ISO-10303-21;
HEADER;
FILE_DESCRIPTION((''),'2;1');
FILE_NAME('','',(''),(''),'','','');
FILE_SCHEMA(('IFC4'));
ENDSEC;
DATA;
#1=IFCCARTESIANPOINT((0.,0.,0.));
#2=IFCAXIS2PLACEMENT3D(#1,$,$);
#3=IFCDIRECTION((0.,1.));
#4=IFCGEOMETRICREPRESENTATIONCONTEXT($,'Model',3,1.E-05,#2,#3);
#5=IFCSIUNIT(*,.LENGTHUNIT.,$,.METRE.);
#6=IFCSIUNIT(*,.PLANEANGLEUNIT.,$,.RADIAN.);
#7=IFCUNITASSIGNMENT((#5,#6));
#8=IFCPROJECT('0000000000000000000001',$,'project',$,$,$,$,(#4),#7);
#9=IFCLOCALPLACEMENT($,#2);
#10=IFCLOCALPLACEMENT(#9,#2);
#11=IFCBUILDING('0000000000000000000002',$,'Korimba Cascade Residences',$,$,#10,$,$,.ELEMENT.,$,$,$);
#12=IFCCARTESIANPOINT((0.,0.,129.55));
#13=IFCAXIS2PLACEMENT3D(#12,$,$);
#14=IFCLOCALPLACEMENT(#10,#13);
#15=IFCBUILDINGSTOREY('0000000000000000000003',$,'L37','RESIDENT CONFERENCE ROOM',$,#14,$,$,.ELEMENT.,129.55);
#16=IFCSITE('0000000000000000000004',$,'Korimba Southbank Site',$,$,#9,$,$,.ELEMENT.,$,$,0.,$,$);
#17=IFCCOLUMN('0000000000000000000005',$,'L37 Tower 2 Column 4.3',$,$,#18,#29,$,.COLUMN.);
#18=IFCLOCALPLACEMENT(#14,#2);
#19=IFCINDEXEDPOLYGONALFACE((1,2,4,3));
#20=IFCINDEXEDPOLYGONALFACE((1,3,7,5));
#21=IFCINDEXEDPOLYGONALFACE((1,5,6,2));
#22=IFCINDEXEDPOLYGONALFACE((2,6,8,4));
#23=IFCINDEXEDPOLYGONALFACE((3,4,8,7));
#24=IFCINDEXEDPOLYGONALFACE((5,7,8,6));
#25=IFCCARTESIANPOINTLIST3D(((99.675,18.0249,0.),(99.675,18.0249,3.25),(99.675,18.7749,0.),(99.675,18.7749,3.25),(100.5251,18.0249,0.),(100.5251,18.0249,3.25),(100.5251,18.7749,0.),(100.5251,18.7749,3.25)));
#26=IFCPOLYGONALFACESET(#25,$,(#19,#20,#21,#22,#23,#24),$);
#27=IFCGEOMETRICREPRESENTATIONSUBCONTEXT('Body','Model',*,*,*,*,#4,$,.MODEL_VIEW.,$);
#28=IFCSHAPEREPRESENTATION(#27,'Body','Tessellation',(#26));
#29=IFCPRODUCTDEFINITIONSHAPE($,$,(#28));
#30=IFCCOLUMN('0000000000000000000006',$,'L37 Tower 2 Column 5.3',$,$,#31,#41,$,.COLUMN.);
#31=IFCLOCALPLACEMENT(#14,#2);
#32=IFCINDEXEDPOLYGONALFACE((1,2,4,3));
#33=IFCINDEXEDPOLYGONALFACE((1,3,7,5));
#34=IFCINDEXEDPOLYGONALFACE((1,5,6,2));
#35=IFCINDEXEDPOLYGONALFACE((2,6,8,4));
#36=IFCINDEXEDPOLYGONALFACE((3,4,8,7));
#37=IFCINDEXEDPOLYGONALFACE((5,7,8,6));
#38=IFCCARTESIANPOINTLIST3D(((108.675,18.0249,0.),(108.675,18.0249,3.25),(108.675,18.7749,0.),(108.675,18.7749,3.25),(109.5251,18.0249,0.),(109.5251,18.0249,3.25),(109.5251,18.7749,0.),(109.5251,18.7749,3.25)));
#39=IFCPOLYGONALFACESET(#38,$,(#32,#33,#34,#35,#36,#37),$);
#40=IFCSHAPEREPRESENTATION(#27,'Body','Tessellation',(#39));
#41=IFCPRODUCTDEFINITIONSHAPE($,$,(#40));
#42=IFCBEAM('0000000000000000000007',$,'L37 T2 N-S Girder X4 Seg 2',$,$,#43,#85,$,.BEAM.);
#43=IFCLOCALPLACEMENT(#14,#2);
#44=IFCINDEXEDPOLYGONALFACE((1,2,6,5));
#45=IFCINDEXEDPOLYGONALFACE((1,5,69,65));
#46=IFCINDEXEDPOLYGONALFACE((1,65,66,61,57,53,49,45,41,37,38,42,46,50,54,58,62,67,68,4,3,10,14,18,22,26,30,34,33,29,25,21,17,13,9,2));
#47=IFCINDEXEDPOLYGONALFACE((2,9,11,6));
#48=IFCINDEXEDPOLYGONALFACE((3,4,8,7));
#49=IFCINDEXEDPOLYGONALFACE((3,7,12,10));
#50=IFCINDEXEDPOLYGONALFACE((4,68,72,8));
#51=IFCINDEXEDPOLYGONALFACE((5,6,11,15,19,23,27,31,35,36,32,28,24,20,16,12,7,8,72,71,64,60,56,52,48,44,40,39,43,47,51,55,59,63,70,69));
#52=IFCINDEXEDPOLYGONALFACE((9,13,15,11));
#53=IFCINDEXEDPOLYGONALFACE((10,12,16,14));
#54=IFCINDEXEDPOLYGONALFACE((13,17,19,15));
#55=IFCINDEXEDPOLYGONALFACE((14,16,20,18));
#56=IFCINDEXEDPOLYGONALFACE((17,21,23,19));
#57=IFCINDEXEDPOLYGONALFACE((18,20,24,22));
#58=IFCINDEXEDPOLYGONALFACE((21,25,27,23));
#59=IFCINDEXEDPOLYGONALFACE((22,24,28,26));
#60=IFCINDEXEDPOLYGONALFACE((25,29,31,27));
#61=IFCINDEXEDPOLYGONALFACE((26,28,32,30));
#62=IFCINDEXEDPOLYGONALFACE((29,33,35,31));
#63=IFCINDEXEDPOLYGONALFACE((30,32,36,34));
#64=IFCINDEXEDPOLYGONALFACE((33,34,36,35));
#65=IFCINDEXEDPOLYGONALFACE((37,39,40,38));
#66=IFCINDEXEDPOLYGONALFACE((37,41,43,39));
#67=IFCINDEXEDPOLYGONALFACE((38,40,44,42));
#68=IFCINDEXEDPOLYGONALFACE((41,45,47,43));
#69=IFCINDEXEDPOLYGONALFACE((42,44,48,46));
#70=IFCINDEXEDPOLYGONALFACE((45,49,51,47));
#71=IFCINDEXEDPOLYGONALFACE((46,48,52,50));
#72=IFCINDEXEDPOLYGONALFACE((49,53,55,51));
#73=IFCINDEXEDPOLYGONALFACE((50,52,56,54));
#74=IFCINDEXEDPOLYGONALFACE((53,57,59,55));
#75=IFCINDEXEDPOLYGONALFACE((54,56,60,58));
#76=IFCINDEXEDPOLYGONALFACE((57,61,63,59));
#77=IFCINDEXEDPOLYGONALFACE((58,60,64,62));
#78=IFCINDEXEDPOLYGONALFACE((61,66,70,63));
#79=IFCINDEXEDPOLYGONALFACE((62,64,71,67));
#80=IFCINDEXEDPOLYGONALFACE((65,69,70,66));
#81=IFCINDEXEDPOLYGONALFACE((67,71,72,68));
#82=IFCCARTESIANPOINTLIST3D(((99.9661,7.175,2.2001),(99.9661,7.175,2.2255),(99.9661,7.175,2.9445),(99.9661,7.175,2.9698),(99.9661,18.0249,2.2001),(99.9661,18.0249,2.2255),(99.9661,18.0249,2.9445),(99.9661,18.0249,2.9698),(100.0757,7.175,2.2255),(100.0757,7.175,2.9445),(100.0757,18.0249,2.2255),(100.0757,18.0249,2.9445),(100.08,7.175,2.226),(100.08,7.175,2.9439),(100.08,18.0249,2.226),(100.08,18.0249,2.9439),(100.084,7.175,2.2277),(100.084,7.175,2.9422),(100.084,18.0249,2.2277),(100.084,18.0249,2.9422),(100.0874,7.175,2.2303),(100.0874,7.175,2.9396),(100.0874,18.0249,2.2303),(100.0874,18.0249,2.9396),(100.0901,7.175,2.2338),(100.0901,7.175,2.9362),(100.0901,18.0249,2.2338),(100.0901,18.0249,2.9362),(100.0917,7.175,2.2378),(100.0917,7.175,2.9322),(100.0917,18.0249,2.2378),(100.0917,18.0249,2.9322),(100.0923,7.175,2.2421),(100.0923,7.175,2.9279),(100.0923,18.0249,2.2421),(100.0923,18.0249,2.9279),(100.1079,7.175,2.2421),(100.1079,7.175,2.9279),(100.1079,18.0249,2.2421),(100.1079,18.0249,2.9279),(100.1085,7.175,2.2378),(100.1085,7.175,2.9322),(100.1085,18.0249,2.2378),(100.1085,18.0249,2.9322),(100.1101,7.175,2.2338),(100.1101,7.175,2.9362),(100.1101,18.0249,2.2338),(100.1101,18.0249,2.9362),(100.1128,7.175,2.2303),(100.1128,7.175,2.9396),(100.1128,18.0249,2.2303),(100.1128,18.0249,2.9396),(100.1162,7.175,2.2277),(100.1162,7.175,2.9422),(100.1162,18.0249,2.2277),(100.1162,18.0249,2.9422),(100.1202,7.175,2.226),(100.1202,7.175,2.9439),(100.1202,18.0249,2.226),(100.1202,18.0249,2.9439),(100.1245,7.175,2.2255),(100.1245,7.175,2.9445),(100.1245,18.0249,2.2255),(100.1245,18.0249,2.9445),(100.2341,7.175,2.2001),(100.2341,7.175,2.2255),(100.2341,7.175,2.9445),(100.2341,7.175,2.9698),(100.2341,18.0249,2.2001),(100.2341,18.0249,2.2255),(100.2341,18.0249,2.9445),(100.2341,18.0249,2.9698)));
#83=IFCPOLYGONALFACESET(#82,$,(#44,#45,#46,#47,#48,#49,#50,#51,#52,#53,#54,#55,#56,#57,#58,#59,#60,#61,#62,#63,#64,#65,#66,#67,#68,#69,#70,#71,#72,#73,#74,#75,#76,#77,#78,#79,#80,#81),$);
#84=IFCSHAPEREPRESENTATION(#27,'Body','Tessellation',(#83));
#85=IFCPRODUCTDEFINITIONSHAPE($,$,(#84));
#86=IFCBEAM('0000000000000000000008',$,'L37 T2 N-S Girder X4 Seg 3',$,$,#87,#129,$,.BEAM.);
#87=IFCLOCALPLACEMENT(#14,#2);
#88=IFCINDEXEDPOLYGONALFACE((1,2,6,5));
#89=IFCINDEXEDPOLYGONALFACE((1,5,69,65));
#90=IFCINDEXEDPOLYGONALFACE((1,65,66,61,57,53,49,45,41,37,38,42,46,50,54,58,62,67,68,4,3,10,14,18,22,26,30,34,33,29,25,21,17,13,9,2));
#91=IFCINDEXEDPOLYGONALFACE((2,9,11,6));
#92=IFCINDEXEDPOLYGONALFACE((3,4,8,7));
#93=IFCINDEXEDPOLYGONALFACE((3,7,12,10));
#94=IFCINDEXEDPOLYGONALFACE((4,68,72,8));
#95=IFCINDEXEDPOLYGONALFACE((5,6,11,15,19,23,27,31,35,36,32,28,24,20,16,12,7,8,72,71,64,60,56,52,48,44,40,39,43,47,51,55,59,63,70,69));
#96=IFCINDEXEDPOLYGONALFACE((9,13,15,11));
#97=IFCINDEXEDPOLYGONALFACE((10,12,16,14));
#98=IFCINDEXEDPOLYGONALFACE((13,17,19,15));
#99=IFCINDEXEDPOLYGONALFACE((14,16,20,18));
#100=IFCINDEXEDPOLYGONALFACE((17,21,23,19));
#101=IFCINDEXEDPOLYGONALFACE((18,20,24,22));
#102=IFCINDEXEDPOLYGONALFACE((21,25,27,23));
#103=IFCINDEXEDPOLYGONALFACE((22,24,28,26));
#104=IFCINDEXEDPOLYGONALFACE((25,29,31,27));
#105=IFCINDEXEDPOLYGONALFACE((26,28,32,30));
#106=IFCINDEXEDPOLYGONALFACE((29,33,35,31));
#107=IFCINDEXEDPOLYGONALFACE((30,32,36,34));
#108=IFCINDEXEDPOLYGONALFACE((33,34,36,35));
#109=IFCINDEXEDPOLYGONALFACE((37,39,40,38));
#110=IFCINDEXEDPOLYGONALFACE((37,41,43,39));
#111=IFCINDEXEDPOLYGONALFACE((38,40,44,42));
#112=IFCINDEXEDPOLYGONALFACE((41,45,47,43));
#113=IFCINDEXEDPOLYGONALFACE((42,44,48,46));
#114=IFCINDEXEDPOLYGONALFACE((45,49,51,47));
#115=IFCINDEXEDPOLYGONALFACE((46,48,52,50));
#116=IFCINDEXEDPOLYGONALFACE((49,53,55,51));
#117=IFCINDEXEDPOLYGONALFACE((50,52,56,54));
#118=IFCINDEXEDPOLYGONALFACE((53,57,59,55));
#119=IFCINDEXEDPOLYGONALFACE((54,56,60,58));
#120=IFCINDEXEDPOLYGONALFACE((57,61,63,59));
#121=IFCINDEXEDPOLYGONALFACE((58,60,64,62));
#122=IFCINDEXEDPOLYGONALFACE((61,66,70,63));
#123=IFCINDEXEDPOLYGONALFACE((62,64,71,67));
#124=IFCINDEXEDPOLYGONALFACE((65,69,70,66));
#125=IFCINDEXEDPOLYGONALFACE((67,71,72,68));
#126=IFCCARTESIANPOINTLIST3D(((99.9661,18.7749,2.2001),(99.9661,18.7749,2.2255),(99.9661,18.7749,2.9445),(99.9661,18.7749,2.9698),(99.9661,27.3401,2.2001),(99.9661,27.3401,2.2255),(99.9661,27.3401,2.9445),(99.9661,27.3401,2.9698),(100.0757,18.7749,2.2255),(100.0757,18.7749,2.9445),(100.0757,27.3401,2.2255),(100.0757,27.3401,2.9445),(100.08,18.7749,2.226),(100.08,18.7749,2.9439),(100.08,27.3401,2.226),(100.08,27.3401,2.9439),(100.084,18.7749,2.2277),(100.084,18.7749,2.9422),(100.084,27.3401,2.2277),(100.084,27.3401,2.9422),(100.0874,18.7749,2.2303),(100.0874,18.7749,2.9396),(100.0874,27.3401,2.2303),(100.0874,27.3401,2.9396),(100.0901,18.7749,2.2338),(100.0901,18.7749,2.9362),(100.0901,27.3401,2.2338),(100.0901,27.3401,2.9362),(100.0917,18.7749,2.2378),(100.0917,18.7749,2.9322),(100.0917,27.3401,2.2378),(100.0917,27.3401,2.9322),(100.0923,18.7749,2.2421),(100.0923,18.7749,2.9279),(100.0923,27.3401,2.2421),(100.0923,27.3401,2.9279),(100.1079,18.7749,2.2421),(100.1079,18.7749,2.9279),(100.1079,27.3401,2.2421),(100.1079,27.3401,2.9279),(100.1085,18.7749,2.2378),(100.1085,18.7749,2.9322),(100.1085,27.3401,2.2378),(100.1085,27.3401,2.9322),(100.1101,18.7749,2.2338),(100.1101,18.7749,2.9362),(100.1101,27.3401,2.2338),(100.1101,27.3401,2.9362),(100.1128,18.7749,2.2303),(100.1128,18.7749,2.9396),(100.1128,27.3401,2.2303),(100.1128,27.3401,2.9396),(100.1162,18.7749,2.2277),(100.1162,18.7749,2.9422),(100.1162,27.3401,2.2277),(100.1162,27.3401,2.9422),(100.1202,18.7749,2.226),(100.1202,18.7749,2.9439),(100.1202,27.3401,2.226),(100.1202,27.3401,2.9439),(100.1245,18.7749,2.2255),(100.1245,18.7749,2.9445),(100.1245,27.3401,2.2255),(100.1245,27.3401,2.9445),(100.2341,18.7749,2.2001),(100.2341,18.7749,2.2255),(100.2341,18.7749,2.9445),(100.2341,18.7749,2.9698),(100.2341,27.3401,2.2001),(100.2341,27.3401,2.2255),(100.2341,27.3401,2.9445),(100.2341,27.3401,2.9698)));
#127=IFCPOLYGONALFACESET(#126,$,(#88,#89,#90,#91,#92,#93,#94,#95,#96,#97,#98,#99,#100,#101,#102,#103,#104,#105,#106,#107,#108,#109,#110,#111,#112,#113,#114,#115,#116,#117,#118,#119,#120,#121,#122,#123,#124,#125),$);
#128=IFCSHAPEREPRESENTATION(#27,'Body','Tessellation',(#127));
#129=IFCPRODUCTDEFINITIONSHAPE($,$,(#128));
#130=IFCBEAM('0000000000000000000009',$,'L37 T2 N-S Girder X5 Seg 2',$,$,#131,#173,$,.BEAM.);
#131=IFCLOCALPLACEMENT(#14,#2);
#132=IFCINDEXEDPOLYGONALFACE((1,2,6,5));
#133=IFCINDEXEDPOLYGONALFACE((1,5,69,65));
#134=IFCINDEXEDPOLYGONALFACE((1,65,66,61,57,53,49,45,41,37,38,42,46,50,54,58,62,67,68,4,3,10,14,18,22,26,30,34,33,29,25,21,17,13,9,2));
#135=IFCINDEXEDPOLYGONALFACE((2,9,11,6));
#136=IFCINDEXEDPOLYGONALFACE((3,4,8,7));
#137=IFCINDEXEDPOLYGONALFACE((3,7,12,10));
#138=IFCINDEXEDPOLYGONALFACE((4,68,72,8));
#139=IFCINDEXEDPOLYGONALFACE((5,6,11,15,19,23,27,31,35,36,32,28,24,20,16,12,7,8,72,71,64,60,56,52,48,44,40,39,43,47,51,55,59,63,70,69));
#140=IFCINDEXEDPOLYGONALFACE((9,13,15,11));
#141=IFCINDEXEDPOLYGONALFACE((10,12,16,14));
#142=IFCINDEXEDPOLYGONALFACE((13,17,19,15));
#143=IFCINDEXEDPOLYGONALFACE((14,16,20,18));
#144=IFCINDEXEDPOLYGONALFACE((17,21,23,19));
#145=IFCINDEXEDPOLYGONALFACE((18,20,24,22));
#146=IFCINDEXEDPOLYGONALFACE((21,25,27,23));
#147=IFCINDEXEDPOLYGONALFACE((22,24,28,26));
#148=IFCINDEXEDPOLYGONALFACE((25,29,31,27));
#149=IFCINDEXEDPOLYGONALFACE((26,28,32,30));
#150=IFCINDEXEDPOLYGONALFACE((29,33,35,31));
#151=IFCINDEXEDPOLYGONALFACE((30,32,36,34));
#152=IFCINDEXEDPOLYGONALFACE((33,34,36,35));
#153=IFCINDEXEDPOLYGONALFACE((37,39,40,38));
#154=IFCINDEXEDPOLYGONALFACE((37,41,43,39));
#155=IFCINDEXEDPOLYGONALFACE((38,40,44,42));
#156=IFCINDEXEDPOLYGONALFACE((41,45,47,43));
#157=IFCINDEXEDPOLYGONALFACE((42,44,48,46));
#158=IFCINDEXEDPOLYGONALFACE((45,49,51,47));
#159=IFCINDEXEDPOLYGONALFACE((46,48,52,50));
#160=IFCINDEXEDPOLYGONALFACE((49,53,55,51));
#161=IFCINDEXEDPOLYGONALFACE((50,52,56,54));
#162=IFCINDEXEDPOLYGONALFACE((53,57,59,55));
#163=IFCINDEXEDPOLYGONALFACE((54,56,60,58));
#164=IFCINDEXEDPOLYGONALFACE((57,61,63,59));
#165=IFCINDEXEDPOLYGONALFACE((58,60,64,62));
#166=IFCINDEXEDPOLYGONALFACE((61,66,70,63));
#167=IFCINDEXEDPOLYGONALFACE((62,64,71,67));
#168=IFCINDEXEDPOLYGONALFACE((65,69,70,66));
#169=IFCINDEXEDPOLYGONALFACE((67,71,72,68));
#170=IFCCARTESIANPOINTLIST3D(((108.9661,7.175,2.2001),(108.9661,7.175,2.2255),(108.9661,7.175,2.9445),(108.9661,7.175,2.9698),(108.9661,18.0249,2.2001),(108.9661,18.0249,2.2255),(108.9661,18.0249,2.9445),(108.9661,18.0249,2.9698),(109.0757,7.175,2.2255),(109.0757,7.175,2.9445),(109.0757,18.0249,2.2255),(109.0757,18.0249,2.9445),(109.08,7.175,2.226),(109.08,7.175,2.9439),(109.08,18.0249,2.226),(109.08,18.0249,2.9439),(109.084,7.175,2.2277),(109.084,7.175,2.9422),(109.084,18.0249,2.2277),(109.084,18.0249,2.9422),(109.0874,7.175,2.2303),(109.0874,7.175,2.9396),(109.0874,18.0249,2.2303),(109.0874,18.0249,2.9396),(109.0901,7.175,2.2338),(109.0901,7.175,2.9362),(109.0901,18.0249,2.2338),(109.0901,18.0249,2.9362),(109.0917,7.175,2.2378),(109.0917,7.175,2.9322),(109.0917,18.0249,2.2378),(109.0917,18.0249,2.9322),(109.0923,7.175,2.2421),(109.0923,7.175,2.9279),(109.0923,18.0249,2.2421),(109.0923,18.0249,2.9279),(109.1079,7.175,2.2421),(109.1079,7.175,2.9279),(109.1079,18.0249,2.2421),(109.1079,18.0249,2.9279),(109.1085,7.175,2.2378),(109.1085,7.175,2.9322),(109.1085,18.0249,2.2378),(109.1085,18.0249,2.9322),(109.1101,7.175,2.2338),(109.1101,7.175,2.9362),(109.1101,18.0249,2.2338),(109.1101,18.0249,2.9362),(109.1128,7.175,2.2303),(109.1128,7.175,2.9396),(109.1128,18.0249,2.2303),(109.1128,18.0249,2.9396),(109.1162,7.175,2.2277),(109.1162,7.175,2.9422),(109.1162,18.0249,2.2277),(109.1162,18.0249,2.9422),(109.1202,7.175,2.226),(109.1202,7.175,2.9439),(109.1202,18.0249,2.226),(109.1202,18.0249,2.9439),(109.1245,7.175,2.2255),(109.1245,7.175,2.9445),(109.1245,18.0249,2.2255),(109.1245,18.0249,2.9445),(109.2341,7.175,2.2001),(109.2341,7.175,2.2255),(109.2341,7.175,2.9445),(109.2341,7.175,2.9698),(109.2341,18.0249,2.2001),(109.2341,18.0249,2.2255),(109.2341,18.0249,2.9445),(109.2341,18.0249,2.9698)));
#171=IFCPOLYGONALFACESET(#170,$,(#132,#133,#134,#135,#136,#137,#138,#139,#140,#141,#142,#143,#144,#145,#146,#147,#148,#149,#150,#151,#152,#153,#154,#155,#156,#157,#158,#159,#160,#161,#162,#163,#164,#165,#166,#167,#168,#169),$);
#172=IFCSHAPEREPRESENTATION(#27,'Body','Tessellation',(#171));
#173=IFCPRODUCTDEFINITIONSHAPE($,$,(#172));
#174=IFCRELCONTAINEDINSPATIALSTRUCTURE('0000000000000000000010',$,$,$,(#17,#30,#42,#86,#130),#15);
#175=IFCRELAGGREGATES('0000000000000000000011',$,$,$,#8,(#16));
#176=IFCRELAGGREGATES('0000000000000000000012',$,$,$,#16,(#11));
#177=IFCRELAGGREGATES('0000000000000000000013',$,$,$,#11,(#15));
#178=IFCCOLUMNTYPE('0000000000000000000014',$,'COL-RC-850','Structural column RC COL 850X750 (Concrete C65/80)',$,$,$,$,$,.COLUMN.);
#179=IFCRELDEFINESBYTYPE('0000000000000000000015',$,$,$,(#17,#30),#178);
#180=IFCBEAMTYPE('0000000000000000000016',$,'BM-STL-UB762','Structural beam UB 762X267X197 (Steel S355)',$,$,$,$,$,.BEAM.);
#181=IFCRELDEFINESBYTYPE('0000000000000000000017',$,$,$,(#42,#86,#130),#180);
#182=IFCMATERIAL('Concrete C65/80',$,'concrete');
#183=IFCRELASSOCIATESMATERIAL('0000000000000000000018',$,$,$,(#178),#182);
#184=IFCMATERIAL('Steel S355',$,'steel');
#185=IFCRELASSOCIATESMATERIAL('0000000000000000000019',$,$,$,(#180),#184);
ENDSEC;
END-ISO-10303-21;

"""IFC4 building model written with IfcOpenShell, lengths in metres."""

from ifc_helpers import new_model, si_unit, direction, frame, origin, origin_2d, place, context, subcontext, project, spatial, rectangle, i_section, extrude, material, material_profile, profile_set, type_object, element, save


model = new_model("IFC4")

# Units and contexts
model_context = context("Model", 3, precision=1e-05, world=origin(), true_north=direction((0.0, 1.0)))
body_context = subcontext(model_context, "Body", "Model", "MODEL_VIEW")
ifc_project = project(units=[si_unit("LENGTHUNIT", "METRE"), si_unit("PLANEANGLEUNIT", "RADIAN")], contexts=[model_context])

# Site, building, storey
site_placement = place(None, origin())
site = spatial("IfcSite", under=ifc_project, at=site_placement, Name="Korimba Southbank Site", CompositionType="ELEMENT", RefElevation=0.0)
building_placement = place(site_placement, origin())
building = spatial("IfcBuilding", under=site, at=building_placement, Name="Korimba Cascade Residences", CompositionType="ELEMENT")
storey_placement = place(building_placement, frame((0.0, 0.0, 129.55)))
storey = spatial("IfcBuildingStorey", under=building, at=storey_placement, Name="L37", Description="RESIDENT CONFERENCE ROOM", CompositionType="ELEMENT", Elevation=129.55)

# Columns
ifc_material_1 = material(Name="Concrete C65/80", Category="concrete")
ifc_material_profile_1 = material_profile(ifc_material_1, rectangle(XDim=0.8501, YDim=0.75, at=origin_2d()), Name="Concrete C65/80")
ifc_profile_set_1 = profile_set([ifc_material_profile_1], Name="Concrete C65/80")
column_type = type_object("IfcColumnType", Name="COL-RC-850", Description="Structural column RC COL 850X750 (Concrete C65/80)", PredefinedType="COLUMN", material=ifc_profile_set_1)
for number, where, z_axis, x_axis, name in (
    (1, (100.1001, 18.3999, 0.0), (0.0, 0.0, 1.0), (1.0, 0.0, 0.0), "L37 Tower 2 Column 4.3"),
    (2, (109.1001, 18.3999, 0.0), (0.0, 0.0, 1.0), (1.0, 0.0, 0.0), "L37 Tower 2 Column 5.3"),
):
    element("IfcColumn", number, at=place(storey_placement, frame(where, z_axis=z_axis, x_axis=x_axis)), inside=storey, type_object=column_type, Name=name, PredefinedType="COLUMN", context=body_context, shape_type="SweptSolid", body=[
        extrude(rectangle(XDim=0.8501, YDim=0.75, at=origin_2d()), origin(), (0.0, 0.0, 1.0), 3.25),
    ])

# Beams
ifc_material_2 = material(Name="Steel S355", Category="steel")
ifc_material_profile_2 = material_profile(ifc_material_2, i_section(OverallWidth=0.2681, OverallDepth=0.7698, WebThickness=0.0156, FlangeThickness=0.0254, FilletRadius=0.0166, at=origin_2d()), Name="Steel S355")
ifc_profile_set_2 = profile_set([ifc_material_profile_2], Name="Steel S355")
beam_type = type_object("IfcBeamType", Name="BM-STL-UB762", Description="Structural beam UB 762X267X197 (Steel S355)", PredefinedType="BEAM", material=ifc_profile_set_2)
beam_1_placement = place(storey_placement, frame((100.1001, 7.175, 2.585), z_axis=(0.0, 1.0, 0.0), x_axis=(-1.0, 0.0, 0.0)))
element("IfcBeam", 3, at=beam_1_placement, inside=storey, type_object=beam_type, Name="L37 T2 N-S Girder X4 Seg 2", PredefinedType="BEAM", context=body_context, shape_type="SweptSolid", body=[
    extrude(i_section(OverallWidth=0.2681, OverallDepth=0.7698, WebThickness=0.0156, FlangeThickness=0.0254, FilletRadius=0.0166, at=origin_2d()), origin(), (0.0, 0.0, 1.0), 10.8499),
])
beam_2_placement = place(storey_placement, frame((100.1001, 18.7749, 2.585), z_axis=(0.0, 1.0, 0.0), x_axis=(-1.0, 0.0, 0.0)))
element("IfcBeam", 4, at=beam_2_placement, inside=storey, type_object=beam_type, Name="L37 T2 N-S Girder X4 Seg 3", PredefinedType="BEAM", context=body_context, shape_type="SweptSolid", body=[
    extrude(i_section(OverallWidth=0.2681, OverallDepth=0.7698, WebThickness=0.0156, FlangeThickness=0.0254, FilletRadius=0.0166, at=origin_2d()), origin(), (0.0, 0.0, 1.0), 8.5652),
])
beam_3_placement = place(storey_placement, frame((109.1001, 7.175, 2.585), z_axis=(0.0, 1.0, 0.0), x_axis=(-1.0, 0.0, 0.0)))
element("IfcBeam", 5, at=beam_3_placement, inside=storey, type_object=beam_type, Name="L37 T2 N-S Girder X5 Seg 2", PredefinedType="BEAM", context=body_context, shape_type="SweptSolid", body=[
    extrude(i_section(OverallWidth=0.2681, OverallDepth=0.7698, WebThickness=0.0156, FlangeThickness=0.0254, FilletRadius=0.0166, at=origin_2d()), origin(), (0.0, 0.0, 1.0), 10.8499),
])

save(model, "model.ifc")
